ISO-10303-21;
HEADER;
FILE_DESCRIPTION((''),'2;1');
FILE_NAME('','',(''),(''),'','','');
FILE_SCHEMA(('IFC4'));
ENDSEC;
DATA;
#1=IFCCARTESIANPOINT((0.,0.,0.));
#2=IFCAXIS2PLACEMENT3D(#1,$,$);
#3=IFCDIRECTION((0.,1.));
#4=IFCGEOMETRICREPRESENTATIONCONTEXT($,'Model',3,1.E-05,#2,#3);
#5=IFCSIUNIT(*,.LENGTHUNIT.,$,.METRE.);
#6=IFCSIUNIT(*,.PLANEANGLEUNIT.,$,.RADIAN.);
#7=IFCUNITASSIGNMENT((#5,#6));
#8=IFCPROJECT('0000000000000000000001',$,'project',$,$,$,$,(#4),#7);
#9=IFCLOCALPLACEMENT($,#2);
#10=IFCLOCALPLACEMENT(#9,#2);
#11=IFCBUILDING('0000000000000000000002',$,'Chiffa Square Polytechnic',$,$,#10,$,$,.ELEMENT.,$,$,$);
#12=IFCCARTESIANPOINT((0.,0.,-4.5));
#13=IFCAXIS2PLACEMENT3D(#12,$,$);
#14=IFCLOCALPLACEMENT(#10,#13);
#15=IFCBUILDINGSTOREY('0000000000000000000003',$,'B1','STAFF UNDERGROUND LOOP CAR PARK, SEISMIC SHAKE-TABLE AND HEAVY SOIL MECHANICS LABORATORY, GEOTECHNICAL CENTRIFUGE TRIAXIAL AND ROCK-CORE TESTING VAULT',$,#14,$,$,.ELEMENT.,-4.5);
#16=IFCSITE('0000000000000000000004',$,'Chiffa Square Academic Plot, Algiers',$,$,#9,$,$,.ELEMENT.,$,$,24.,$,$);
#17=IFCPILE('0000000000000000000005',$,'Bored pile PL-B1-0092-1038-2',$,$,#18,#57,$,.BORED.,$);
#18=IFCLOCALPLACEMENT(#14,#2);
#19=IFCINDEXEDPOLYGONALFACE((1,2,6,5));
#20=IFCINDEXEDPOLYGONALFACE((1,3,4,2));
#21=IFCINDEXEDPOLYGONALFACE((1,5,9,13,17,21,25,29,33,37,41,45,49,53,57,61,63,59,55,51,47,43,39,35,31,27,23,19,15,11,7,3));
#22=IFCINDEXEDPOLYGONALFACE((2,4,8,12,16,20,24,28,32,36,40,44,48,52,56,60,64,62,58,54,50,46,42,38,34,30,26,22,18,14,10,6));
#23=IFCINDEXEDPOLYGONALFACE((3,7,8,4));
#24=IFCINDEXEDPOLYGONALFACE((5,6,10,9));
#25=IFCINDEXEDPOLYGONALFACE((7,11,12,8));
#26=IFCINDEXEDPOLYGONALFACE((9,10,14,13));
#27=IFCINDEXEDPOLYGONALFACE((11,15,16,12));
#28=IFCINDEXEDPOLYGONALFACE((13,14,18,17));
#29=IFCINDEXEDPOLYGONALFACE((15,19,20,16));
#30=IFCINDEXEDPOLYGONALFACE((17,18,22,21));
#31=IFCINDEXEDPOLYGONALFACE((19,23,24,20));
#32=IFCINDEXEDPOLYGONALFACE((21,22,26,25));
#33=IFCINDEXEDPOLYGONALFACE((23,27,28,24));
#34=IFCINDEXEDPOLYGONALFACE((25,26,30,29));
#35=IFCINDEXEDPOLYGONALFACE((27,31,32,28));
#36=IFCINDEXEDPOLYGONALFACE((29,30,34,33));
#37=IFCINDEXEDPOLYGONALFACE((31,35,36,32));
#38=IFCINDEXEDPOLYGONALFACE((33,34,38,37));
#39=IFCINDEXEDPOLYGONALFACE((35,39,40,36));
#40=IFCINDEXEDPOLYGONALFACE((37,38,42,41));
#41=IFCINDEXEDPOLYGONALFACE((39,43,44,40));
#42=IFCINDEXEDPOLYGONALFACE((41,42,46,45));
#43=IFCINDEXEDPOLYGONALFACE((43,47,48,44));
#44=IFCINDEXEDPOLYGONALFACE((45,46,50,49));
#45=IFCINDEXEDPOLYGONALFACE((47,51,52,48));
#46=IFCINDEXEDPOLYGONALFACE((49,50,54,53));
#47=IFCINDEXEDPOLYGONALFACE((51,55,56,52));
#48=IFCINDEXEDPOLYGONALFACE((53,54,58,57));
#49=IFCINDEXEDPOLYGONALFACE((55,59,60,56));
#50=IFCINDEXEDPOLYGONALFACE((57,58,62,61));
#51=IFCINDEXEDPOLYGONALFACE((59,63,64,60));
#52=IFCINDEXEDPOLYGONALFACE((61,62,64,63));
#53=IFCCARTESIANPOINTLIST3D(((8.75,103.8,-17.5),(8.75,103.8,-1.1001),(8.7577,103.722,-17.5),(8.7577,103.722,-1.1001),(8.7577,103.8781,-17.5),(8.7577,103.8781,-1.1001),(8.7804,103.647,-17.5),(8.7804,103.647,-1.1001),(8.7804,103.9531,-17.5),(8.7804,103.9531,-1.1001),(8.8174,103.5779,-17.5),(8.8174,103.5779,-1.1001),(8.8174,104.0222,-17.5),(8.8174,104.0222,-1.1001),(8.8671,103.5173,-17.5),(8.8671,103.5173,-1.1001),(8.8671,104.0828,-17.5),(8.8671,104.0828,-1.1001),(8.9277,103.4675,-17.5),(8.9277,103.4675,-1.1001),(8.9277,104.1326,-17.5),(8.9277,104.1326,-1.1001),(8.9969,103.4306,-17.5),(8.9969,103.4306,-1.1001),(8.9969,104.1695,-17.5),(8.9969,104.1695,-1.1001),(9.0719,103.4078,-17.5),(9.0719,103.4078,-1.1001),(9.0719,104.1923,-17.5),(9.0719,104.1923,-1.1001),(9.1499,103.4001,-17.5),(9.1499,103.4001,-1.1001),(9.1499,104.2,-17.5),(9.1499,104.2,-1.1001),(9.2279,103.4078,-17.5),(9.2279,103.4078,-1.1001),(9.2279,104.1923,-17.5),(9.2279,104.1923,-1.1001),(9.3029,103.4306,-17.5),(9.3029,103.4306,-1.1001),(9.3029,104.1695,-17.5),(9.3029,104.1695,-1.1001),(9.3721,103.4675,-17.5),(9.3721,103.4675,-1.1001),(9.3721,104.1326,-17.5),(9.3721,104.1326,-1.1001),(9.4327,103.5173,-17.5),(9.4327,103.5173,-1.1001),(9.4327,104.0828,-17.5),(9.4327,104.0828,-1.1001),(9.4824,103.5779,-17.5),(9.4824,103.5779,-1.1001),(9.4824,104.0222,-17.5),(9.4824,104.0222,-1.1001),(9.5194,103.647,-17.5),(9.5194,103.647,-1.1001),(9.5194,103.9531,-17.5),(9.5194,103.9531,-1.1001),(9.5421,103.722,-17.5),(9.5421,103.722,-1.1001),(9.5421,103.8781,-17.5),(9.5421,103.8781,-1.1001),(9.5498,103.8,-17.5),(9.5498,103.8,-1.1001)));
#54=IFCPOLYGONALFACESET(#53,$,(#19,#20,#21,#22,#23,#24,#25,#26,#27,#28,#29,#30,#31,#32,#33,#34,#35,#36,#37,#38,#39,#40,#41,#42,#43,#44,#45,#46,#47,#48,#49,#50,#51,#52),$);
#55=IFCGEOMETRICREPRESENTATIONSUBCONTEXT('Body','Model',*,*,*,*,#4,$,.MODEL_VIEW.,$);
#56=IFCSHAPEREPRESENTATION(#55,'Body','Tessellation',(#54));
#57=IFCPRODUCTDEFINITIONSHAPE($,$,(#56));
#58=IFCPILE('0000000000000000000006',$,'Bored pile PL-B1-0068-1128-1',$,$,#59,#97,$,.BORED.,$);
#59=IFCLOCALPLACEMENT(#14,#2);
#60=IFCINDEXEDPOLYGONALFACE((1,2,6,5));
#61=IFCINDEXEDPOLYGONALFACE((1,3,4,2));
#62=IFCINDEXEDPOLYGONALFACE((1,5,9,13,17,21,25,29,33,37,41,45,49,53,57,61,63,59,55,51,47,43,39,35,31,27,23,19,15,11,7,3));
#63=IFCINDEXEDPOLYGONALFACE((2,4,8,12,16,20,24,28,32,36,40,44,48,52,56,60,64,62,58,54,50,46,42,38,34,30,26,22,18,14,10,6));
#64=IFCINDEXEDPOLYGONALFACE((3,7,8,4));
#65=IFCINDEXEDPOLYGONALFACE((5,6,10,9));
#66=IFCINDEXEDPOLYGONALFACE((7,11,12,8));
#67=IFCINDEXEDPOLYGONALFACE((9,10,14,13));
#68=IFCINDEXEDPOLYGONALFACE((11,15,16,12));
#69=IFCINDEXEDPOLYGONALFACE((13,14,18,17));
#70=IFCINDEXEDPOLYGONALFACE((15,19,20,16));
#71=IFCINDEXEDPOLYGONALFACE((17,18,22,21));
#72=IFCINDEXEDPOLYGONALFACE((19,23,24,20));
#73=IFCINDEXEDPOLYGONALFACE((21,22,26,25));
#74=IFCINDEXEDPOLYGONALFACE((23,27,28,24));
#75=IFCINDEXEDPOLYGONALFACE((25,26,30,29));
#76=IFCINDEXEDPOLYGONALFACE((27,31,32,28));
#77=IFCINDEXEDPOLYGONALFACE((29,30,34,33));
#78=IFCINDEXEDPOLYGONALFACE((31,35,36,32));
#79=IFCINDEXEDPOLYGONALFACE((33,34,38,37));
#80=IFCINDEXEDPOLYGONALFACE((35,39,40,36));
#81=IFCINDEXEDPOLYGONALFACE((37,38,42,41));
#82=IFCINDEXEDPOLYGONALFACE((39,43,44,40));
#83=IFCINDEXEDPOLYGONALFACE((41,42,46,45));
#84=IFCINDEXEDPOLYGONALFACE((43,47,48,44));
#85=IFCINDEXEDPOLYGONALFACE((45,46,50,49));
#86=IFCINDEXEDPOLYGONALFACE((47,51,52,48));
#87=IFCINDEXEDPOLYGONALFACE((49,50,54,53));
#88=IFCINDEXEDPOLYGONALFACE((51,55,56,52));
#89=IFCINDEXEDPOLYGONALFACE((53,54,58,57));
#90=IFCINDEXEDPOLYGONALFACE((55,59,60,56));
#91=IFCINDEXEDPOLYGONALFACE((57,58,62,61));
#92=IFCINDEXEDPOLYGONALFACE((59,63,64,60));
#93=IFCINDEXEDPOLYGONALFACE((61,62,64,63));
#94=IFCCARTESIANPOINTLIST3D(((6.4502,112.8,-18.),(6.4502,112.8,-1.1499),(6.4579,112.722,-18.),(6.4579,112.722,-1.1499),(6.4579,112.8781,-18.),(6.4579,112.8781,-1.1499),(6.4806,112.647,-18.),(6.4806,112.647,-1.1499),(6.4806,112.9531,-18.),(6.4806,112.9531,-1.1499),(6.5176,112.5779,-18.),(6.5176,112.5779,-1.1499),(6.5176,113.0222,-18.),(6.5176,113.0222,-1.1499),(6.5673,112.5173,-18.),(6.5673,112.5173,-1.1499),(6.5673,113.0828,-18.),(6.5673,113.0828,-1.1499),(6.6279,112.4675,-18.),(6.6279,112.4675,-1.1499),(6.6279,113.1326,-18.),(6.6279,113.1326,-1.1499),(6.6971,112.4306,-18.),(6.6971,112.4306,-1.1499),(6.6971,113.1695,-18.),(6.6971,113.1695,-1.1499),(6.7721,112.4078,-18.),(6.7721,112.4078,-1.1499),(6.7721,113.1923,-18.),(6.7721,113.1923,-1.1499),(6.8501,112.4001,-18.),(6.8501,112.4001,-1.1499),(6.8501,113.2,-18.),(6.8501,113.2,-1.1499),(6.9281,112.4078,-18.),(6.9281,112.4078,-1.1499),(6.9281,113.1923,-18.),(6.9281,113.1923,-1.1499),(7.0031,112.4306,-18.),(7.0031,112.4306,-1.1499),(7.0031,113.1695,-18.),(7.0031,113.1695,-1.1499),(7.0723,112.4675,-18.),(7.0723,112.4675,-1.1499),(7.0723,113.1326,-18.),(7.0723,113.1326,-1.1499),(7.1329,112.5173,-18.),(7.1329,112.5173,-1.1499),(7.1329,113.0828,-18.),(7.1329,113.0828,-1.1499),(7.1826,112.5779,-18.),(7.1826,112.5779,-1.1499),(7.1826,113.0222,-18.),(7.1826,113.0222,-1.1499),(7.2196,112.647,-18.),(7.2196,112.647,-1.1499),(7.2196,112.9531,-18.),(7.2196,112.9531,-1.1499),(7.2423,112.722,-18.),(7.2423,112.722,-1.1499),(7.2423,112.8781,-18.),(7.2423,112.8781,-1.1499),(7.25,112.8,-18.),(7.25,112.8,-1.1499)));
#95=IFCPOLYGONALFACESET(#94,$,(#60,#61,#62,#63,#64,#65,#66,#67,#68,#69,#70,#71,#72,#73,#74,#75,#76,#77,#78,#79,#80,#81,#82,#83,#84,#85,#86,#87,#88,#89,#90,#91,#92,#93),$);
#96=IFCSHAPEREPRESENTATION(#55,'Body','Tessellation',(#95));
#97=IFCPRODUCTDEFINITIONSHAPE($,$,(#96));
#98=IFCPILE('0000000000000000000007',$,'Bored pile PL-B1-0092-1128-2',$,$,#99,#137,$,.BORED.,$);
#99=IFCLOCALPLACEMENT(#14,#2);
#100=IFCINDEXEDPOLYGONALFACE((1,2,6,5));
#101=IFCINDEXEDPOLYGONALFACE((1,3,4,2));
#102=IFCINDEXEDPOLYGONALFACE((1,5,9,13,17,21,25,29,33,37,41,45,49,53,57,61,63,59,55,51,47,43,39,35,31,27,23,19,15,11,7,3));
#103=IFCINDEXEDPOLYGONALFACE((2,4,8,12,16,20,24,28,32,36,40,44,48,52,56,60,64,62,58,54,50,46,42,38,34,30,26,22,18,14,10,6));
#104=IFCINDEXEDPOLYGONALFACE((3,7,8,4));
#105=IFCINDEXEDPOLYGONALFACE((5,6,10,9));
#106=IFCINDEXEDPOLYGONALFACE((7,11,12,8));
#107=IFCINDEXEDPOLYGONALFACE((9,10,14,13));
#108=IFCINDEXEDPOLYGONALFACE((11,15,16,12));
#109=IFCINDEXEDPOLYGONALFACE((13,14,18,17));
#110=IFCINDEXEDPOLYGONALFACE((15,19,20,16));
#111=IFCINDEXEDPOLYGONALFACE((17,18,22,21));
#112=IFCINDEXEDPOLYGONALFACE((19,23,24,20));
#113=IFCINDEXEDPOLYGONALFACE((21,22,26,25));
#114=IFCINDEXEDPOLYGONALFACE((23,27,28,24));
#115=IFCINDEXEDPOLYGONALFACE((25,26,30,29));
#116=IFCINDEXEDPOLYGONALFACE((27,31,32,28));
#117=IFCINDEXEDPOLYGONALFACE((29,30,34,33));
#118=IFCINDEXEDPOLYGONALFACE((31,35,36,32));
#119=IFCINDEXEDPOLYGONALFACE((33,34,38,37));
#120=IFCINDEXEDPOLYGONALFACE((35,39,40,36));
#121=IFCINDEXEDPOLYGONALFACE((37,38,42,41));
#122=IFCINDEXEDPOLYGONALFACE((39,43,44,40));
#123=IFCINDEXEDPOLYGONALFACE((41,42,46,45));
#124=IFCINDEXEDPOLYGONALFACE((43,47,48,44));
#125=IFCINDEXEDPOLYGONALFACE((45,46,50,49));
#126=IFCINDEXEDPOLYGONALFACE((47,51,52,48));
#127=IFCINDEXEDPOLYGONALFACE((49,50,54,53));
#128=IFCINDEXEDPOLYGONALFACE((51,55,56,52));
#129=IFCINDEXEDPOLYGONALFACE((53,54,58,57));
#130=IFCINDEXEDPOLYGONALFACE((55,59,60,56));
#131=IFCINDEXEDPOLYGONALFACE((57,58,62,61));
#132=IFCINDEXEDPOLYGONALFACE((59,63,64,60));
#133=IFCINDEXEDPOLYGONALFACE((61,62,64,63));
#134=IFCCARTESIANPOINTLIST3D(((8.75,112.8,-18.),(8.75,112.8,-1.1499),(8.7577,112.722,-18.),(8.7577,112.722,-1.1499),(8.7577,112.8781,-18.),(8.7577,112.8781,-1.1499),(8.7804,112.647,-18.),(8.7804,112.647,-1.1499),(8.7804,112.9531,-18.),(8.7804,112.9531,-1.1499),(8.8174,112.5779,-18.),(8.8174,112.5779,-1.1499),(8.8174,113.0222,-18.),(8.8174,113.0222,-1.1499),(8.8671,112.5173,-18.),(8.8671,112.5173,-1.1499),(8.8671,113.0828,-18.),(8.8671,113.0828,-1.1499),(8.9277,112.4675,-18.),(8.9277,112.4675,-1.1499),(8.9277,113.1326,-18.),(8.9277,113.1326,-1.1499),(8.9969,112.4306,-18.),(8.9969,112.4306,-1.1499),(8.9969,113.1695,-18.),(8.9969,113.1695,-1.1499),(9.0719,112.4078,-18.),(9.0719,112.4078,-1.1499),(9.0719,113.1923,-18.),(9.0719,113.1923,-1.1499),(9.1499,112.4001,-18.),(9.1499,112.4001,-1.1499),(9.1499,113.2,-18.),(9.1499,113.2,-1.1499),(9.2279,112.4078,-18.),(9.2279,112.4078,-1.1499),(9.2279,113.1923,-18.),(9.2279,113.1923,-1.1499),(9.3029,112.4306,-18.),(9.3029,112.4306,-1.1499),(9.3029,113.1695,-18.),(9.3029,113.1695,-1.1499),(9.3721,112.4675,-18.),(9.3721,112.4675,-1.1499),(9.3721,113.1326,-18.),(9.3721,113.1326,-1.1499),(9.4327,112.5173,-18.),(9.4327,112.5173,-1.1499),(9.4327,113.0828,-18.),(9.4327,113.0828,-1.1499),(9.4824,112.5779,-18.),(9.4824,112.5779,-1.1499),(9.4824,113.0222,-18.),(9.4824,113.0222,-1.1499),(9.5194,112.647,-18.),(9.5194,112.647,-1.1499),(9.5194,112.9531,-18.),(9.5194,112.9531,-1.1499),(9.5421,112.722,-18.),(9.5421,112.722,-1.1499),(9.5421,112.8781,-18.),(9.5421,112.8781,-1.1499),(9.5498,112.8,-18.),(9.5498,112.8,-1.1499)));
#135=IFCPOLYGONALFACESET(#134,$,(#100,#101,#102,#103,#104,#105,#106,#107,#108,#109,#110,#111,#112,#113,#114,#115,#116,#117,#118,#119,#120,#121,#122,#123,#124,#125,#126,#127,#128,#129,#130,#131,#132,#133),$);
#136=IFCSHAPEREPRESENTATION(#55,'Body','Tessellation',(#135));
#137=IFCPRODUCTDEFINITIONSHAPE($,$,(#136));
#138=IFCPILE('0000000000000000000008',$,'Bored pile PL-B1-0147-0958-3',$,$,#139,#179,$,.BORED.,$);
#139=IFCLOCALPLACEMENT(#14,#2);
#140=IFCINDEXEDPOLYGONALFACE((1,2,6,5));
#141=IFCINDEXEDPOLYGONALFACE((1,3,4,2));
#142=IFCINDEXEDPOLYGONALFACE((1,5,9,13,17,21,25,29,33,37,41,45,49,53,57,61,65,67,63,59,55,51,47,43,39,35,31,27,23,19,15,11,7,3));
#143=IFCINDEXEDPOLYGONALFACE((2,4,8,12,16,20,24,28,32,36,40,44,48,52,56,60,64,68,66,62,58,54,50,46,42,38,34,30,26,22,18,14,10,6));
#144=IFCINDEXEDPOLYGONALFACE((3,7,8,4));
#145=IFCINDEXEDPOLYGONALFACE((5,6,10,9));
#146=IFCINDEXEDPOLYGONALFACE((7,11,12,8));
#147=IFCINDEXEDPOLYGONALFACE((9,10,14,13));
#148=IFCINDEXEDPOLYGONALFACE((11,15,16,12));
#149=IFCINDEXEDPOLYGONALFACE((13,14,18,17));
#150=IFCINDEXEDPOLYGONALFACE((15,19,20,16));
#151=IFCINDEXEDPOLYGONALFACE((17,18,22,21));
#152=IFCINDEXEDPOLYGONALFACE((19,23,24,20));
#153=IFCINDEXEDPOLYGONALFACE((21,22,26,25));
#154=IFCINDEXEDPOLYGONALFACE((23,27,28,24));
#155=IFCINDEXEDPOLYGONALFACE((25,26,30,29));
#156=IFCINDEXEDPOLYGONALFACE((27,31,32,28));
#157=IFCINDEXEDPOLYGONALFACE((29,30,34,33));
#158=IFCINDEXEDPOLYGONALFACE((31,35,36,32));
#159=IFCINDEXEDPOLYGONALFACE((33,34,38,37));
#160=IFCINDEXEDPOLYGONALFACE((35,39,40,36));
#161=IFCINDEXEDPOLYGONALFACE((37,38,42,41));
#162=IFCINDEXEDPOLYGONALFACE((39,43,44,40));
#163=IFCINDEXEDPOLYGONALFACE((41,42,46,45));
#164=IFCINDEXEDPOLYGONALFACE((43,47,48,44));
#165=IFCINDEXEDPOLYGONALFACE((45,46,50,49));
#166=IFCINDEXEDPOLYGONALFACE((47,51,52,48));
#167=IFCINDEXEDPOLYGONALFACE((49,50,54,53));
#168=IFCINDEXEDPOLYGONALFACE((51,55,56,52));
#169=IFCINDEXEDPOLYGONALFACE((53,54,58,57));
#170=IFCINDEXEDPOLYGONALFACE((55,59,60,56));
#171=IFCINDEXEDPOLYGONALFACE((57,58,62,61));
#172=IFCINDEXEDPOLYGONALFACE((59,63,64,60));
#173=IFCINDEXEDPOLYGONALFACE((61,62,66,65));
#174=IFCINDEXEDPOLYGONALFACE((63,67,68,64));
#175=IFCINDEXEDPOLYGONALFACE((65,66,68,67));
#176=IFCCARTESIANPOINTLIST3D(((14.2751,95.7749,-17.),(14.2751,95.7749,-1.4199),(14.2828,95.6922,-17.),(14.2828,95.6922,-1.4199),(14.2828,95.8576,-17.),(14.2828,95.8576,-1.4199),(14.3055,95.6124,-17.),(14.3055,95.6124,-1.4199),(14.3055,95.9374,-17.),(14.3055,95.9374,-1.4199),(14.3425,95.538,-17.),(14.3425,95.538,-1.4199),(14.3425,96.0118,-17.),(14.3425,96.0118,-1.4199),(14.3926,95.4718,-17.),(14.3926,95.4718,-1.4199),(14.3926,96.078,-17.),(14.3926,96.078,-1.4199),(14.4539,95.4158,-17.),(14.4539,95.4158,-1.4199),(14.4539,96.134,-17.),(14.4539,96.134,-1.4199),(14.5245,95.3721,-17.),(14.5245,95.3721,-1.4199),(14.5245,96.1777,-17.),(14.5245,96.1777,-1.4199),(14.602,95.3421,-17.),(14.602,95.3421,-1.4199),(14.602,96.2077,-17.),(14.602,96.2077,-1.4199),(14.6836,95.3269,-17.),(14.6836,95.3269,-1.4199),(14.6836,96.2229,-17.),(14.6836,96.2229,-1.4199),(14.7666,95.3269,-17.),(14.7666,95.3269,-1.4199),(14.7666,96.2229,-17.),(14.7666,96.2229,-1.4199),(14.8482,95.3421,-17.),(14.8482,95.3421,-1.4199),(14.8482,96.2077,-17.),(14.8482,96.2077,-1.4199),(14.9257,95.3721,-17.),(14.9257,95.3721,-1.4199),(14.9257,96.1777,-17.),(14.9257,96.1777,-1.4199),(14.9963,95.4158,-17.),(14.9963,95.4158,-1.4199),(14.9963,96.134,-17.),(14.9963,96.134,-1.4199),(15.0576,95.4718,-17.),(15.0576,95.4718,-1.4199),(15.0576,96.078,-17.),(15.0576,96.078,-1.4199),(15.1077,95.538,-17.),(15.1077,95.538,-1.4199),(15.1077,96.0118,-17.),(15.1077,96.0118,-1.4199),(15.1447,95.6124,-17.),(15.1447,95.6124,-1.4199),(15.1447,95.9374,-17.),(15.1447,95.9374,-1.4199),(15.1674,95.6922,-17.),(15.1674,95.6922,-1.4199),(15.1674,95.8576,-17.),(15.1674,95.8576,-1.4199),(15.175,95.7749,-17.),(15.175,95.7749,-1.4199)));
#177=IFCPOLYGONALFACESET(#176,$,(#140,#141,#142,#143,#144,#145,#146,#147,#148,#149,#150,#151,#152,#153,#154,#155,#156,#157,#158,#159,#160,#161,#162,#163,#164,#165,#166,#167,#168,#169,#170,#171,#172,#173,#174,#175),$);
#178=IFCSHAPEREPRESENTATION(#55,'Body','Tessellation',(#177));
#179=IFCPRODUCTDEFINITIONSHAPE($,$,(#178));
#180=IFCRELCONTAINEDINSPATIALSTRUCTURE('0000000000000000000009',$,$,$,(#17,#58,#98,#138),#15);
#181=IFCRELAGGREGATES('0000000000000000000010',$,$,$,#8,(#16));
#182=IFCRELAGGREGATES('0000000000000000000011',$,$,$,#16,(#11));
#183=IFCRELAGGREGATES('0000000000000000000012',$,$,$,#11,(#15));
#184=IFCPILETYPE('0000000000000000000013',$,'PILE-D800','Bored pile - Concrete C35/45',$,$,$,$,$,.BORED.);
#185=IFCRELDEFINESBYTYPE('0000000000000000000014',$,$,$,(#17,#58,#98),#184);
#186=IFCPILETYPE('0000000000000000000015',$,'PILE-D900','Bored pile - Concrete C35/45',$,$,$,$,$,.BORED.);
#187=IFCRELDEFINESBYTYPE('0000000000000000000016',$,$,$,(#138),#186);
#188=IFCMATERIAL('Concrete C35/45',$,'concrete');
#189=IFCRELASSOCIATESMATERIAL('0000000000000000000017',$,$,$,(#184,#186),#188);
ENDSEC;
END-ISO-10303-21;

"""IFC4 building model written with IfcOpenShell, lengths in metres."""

from ifc_helpers import new_model, si_unit, direction, frame, origin, origin_2d, place, context, subcontext, project, spatial, circle, extrude, material, material_profile, profile_set, type_object, element, save


model = new_model("IFC4")

# Units and contexts
model_context = context("Model", 3, precision=1e-05, world=origin(), true_north=direction((0.0, 1.0)))
body_context = subcontext(model_context, "Body", "Model", "MODEL_VIEW")
ifc_project = project(units=[si_unit("LENGTHUNIT", "METRE"), si_unit("PLANEANGLEUNIT", "RADIAN")], contexts=[model_context])

# Site, building, storey
site_placement = place(None, origin())
site = spatial("IfcSite", under=ifc_project, at=site_placement, Name="Chiffa Square Academic Plot, Algiers", CompositionType="ELEMENT", RefElevation=24.0)
building_placement = place(site_placement, origin())
building = spatial("IfcBuilding", under=site, at=building_placement, Name="Chiffa Square Polytechnic", CompositionType="ELEMENT")
storey_placement = place(building_placement, frame((0.0, 0.0, -4.5)))
storey = spatial("IfcBuildingStorey", under=building, at=storey_placement, Name="B1", Description="STAFF UNDERGROUND LOOP CAR PARK, SEISMIC SHAKE-TABLE AND HEAVY SOIL MECHANICS LABORATORY, GEOTECHNICAL CENTRIFUGE TRIAXIAL AND ROCK-CORE TESTING VAULT", CompositionType="ELEMENT", Elevation=-4.5)

# Shared definitions
ifc_material_1 = material(Name="Concrete C35/45", Category="concrete")

# Piles
ifc_material_profile_1 = material_profile(ifc_material_1, circle(Radius=0.3999, at=origin_2d()), Name="PILE D800")
ifc_profile_set_1 = profile_set([ifc_material_profile_1], Name="Concrete C35/45")
pile_type_1 = type_object("IfcPileType", Name="PILE-D800", Description="Bored pile - Concrete C35/45", PredefinedType="BORED", material=ifc_profile_set_1)
for number, where, z_axis, x_axis, name in (
    (1, (9.1499, 103.8, -1.1001), (0.0, 0.0, -1.0), (1.0, 0.0, 0.0), "Bored pile PL-B1-0092-1038-2"),
):
    element("IfcPile", number, at=place(storey_placement, frame(where, z_axis=z_axis, x_axis=x_axis)), inside=storey, type_object=pile_type_1, Name=name, PredefinedType="BORED", context=body_context, shape_type="SweptSolid", body=[
        extrude(circle(Radius=0.3999, at=origin_2d()), origin(), (0.0, 0.0, 1.0), 16.3999),
    ])
for number, where, z_axis, x_axis, name in (
    (2, (6.8501, 112.8, -1.1499), (0.0, 0.0, -1.0), (1.0, 0.0, 0.0), "Bored pile PL-B1-0068-1128-1"),
    (3, (9.1499, 112.8, -1.1499), (0.0, 0.0, -1.0), (1.0, 0.0, 0.0), "Bored pile PL-B1-0092-1128-2"),
):
    element("IfcPile", number, at=place(storey_placement, frame(where, z_axis=z_axis, x_axis=x_axis)), inside=storey, type_object=pile_type_1, Name=name, PredefinedType="BORED", context=body_context, shape_type="SweptSolid", body=[
        extrude(circle(Radius=0.3999, at=origin_2d()), origin(), (0.0, 0.0, 1.0), 16.8501),
    ])
ifc_material_profile_2 = material_profile(ifc_material_1, circle(Radius=0.45, at=origin_2d()), Name="PILE D900")
ifc_profile_set_2 = profile_set([ifc_material_profile_2], Name="Concrete C35/45")
pile_type_2 = type_object("IfcPileType", Name="PILE-D900", Description="Bored pile - Concrete C35/45", PredefinedType="BORED", material=ifc_profile_set_2)
pile_1_placement = place(storey_placement, frame((14.7251, 95.7749, -1.4199), z_axis=(0.0, 0.0, -1.0), x_axis=(1.0, 0.0, 0.0)))
element("IfcPile", 4, at=pile_1_placement, inside=storey, type_object=pile_type_2, Name="Bored pile PL-B1-0147-0958-3", PredefinedType="BORED", context=body_context, shape_type="SweptSolid", body=[
    extrude(circle(Radius=0.45, at=origin_2d()), origin(), (0.0, 0.0, 1.0), 15.5801),
])

save(model, "model.ifc")
